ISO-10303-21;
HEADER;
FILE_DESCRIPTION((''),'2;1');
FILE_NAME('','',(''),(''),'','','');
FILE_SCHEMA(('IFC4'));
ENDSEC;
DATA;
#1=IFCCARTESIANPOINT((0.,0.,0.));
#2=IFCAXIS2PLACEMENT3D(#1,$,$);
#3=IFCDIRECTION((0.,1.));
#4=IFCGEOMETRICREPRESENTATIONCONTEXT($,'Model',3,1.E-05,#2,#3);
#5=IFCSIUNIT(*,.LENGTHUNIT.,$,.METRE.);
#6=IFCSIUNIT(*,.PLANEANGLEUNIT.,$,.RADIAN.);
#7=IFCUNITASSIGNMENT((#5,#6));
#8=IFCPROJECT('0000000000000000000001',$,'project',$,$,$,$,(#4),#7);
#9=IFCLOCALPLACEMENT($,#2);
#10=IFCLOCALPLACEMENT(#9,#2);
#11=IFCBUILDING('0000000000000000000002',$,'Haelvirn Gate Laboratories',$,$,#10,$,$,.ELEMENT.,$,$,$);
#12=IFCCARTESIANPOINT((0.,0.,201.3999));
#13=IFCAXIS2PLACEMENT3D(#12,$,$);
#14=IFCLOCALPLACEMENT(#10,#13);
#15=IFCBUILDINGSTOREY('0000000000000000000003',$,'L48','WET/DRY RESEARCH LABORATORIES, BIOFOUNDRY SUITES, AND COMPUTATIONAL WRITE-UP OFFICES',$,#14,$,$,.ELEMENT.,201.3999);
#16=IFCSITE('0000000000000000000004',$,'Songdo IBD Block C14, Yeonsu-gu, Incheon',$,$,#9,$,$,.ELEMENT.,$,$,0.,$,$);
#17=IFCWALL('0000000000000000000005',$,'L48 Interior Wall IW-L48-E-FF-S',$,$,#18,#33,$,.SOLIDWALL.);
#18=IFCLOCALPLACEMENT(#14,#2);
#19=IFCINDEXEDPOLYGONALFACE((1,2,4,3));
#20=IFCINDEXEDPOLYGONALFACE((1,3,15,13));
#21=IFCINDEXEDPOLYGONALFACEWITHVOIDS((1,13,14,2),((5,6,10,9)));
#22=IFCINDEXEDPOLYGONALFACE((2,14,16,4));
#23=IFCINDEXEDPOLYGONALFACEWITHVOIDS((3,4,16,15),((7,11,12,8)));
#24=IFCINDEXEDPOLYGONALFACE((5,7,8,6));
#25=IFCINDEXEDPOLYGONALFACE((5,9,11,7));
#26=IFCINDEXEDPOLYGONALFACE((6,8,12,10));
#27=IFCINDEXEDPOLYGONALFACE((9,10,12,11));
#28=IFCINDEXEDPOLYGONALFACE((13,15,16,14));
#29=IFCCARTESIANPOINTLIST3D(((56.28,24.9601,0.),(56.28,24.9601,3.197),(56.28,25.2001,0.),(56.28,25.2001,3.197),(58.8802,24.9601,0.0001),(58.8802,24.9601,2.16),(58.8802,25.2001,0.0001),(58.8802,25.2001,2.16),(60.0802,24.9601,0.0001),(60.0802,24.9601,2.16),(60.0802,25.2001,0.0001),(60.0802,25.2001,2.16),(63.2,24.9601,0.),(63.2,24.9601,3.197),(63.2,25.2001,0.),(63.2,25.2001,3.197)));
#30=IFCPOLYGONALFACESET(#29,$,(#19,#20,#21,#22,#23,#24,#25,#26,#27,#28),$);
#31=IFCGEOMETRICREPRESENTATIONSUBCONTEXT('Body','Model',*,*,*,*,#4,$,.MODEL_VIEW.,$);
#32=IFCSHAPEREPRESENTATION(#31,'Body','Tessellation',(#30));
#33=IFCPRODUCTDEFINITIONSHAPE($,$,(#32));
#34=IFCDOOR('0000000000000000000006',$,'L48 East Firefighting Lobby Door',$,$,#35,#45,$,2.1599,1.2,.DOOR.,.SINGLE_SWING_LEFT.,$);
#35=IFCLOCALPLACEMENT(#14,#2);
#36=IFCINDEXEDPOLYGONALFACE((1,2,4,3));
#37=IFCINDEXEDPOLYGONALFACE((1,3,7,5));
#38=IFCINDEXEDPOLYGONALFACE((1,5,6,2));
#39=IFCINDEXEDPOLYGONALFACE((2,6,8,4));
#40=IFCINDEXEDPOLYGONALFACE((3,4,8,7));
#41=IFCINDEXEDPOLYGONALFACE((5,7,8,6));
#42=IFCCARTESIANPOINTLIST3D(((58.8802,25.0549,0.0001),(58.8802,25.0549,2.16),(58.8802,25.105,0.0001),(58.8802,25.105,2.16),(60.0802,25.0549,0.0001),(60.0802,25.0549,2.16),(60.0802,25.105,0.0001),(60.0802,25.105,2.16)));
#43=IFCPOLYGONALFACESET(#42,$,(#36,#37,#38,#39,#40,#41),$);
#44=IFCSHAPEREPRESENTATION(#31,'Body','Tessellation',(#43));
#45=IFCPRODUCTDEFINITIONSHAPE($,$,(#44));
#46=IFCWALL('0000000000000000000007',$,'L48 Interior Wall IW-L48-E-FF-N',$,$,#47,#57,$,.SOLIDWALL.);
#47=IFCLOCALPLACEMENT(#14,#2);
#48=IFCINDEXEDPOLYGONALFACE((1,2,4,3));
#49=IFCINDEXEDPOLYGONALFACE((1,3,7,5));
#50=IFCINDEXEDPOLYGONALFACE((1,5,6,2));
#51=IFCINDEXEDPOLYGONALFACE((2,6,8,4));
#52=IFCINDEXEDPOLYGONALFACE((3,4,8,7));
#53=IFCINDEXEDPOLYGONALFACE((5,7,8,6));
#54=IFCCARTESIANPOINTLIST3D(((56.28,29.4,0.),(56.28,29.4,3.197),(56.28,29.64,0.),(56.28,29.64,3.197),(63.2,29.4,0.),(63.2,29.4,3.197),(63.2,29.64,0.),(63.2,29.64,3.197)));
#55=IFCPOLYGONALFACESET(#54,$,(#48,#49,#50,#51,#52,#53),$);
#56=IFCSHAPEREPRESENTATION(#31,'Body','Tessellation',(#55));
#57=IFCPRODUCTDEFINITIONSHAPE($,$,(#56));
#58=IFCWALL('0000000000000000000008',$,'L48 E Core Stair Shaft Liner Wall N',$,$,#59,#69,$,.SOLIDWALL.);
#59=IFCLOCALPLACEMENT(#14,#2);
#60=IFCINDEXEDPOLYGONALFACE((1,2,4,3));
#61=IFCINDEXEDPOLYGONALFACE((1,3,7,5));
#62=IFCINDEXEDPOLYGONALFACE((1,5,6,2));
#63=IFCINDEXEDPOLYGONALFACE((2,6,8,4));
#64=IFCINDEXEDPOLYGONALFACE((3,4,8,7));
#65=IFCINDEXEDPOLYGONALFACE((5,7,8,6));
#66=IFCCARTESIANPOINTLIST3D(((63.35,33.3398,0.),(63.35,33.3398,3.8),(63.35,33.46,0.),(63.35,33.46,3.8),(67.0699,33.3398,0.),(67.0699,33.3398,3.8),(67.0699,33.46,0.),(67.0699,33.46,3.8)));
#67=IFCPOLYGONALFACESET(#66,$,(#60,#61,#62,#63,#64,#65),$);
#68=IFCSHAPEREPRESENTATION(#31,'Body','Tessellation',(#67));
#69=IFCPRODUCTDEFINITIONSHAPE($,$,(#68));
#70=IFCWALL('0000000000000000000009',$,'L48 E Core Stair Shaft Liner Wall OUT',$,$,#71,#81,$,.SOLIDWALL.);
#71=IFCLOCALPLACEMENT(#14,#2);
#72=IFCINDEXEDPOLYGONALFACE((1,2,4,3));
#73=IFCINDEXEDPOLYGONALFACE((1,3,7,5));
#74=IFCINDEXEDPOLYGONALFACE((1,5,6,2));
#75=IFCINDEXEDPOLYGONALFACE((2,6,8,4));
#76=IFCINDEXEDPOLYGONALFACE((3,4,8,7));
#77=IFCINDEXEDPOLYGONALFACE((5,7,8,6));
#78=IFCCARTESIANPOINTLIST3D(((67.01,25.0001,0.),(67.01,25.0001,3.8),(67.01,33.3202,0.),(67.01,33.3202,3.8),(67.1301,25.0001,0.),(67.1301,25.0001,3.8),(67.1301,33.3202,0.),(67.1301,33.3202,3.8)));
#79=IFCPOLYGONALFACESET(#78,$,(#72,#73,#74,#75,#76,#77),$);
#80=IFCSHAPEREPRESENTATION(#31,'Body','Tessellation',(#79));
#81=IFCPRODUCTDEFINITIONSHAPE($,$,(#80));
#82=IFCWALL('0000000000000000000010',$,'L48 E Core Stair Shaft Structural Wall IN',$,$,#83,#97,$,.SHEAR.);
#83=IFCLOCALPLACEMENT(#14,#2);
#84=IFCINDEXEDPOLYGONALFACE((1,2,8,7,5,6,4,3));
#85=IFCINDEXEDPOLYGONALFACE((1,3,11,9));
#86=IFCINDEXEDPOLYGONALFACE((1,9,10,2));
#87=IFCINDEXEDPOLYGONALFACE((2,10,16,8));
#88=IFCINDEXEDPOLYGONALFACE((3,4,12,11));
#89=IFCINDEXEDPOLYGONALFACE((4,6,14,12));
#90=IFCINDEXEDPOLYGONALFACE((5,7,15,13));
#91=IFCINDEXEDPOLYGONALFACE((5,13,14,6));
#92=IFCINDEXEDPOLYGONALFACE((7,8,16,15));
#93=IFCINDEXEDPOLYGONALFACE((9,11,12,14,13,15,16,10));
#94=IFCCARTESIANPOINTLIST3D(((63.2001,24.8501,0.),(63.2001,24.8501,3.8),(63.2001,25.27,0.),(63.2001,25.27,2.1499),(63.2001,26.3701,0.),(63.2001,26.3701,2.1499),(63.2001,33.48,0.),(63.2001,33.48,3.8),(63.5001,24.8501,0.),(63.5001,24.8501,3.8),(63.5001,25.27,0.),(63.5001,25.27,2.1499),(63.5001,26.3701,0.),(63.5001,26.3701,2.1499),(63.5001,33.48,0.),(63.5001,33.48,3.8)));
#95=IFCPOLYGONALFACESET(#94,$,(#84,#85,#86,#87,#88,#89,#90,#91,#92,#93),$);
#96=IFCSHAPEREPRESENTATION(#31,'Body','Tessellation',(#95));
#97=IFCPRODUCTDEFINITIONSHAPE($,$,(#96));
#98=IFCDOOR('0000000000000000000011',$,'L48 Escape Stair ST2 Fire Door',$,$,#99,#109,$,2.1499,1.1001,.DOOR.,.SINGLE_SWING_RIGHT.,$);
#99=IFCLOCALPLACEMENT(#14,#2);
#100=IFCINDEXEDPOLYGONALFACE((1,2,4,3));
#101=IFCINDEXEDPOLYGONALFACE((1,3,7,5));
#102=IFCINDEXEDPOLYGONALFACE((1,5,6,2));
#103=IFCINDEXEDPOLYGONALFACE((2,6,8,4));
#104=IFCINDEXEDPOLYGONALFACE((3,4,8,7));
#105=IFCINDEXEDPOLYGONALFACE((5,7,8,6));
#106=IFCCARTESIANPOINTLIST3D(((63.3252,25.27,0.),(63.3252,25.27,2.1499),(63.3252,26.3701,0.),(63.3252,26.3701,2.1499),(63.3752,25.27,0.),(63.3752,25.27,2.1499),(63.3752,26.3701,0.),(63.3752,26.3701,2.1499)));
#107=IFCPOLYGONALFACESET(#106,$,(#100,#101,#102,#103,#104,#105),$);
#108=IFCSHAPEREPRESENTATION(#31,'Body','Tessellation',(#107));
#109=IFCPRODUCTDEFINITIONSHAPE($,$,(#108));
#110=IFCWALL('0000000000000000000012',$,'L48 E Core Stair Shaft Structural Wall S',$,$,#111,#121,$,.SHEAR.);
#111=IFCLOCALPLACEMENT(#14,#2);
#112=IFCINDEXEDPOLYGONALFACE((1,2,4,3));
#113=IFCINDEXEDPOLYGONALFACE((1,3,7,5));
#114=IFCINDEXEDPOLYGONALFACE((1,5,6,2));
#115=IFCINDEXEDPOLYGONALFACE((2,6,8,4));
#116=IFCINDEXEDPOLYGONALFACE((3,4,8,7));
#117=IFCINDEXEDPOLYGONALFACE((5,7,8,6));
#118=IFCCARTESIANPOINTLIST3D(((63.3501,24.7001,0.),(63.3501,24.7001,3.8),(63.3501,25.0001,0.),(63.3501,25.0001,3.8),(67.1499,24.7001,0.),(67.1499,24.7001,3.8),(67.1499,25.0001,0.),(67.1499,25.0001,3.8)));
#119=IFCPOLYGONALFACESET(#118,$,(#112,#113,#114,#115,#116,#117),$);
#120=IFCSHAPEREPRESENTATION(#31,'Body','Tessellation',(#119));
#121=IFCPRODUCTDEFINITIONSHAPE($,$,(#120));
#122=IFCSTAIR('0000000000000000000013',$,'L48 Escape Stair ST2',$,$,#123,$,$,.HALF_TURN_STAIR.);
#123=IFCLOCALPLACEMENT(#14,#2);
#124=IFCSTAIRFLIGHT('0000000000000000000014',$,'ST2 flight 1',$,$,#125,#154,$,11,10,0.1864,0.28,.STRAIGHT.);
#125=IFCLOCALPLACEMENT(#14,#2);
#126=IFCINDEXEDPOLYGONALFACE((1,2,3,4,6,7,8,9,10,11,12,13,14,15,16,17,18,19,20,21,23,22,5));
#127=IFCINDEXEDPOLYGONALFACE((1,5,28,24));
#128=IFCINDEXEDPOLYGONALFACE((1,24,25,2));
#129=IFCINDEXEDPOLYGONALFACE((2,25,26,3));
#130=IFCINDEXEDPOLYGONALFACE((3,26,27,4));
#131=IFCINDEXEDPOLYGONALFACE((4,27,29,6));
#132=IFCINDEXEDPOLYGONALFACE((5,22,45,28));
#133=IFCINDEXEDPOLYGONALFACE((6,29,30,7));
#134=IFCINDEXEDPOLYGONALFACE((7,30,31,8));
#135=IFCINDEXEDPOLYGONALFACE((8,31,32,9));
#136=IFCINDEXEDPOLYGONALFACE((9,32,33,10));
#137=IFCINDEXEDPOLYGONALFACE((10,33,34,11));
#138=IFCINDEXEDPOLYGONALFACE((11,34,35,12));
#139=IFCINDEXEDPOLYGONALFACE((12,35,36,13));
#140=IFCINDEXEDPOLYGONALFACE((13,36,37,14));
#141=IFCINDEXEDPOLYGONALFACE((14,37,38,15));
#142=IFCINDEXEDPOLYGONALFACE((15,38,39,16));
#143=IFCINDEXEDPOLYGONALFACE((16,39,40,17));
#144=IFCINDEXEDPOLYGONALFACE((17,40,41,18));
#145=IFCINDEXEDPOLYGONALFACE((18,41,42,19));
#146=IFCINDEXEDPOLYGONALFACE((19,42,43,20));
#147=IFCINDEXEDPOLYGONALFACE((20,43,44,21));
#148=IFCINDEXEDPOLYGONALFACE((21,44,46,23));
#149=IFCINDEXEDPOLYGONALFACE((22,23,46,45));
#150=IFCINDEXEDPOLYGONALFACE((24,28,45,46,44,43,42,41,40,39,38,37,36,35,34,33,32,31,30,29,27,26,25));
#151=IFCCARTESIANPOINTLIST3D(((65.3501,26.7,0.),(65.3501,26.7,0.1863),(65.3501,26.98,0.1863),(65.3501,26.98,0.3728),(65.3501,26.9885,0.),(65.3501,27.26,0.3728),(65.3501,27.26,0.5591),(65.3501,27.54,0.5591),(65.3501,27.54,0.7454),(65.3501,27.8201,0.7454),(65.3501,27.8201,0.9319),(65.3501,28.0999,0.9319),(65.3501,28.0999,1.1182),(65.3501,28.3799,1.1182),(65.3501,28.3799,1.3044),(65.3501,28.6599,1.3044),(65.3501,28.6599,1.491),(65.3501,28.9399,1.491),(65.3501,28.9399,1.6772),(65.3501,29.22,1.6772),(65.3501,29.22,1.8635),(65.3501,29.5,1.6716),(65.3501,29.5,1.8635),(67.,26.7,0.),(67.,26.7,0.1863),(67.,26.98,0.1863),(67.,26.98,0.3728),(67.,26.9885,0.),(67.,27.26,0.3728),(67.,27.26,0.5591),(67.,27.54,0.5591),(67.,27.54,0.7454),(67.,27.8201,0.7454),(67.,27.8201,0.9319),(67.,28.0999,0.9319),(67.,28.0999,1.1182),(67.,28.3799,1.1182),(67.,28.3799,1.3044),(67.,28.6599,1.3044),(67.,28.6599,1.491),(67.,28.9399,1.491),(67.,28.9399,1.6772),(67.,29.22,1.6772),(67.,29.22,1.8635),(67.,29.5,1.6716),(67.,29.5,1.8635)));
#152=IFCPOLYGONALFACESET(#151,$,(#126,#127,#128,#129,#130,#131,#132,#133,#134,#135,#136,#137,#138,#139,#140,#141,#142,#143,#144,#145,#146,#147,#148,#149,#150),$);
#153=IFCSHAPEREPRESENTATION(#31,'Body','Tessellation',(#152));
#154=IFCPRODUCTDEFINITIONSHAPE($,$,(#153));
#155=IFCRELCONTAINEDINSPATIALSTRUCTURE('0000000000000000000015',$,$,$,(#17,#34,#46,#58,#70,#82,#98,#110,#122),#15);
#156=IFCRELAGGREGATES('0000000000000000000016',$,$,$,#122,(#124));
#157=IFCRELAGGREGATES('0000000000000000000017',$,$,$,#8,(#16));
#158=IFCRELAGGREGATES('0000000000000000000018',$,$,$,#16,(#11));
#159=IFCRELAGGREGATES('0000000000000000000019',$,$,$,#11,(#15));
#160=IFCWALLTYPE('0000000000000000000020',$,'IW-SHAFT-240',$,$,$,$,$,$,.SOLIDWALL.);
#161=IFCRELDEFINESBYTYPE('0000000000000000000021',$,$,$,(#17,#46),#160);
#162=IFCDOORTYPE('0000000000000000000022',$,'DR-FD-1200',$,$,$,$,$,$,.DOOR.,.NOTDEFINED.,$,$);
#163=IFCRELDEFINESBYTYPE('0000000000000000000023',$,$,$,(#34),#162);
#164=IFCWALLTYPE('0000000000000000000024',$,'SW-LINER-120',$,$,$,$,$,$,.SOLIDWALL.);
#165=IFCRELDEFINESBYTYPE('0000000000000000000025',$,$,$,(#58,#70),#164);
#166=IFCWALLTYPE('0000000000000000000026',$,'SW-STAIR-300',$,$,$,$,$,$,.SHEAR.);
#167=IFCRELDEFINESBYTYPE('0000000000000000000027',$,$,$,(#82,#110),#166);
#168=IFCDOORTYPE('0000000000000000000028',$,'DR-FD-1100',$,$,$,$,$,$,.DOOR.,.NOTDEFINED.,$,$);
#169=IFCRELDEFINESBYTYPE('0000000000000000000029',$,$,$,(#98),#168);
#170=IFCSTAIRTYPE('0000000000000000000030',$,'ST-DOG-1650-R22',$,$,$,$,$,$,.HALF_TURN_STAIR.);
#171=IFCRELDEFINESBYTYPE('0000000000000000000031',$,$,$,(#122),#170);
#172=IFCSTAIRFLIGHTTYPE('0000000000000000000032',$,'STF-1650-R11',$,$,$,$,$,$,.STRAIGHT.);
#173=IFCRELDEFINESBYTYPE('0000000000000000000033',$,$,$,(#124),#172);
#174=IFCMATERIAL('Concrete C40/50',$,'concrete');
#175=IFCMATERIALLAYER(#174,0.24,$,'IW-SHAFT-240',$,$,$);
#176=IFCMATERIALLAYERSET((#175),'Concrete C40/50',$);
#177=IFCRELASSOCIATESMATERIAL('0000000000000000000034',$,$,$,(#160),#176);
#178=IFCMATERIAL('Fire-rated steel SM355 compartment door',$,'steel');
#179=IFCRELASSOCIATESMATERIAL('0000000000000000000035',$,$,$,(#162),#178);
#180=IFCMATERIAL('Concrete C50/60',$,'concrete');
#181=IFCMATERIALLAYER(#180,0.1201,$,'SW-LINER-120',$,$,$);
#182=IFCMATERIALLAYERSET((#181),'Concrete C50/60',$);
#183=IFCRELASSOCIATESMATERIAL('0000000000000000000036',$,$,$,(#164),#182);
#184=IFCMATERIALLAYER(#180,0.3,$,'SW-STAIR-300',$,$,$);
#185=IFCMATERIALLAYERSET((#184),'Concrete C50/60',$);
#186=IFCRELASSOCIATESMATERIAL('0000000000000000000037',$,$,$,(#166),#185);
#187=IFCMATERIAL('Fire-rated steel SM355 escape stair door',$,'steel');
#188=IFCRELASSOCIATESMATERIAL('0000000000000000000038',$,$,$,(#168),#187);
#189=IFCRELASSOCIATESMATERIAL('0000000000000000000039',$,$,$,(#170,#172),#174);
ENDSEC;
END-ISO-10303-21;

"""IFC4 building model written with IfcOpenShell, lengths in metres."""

from ifc_helpers import new_model, si_unit, direction, frame, frame_2d, origin, place, context, subcontext, project, spatial, polyline, rectangle, outline, extrude, source, transform, mapped, material, layer, layer_set, type_object, type_shapes, element, fill, aggregate, save


model = new_model("IFC4")

# Units and contexts
model_context = context("Model", 3, precision=1e-05, world=origin(), true_north=direction((0.0, 1.0)))
body_context = subcontext(model_context, "Body", "Model", "MODEL_VIEW")
ifc_project = project(units=[si_unit("LENGTHUNIT", "METRE"), si_unit("PLANEANGLEUNIT", "RADIAN")], contexts=[model_context])

# Site, building, storey
site_placement = place(None, origin())
site = spatial("IfcSite", under=ifc_project, at=site_placement, Name="Songdo IBD Block C14, Yeonsu-gu, Incheon", CompositionType="ELEMENT", RefElevation=0.0)
building_placement = place(site_placement, origin())
building = spatial("IfcBuilding", under=site, at=building_placement, Name="Haelvirn Gate Laboratories", CompositionType="ELEMENT")
storey_placement = place(building_placement, frame((0.0, 0.0, 201.3999)))
storey = spatial("IfcBuildingStorey", under=building, at=storey_placement, Name="L48", Description="WET/DRY RESEARCH LABORATORIES, BIOFOUNDRY SUITES, AND COMPUTATIONAL WRITE-UP OFFICES", CompositionType="ELEMENT", Elevation=201.3999)

# Wall, opening, door
ifc_material_1 = material(Name="Concrete C40/50", Category="concrete")
ifc_layer_1 = layer(ifc_material_1, 0.24, Name="IW-SHAFT-240")
ifc_layer_set_1 = layer_set([ifc_layer_1], Name="Concrete C40/50")
wall_type_1 = type_object("IfcWallType", Name="IW-SHAFT-240", PredefinedType="SOLIDWALL", material=ifc_layer_set_1)
wall_1_placement = place(storey_placement, frame((56.28, 25.0801, 0.0), z_axis=(0.0, 0.0, 1.0), x_axis=(1.0, 0.0, 0.0)))
wall_1 = element("IfcWall", 1, at=wall_1_placement, inside=storey, type_object=wall_type_1, Name="L48 Interior Wall IW-L48-E-FF-S", PredefinedType="SOLIDWALL", context=body_context, shape_type="SweptSolid", body=[
    extrude(rectangle(XDim=6.9199, YDim=0.24, at=frame_2d((3.46, 0.0))), origin(), (0.0, 0.0, 1.0), 3.197),
])
opening_1_placement = place(wall_1_placement, frame((2.6001, 0.0, 0.0)))
opening_1 = element("IfcOpeningElement", 2, at=opening_1_placement, cuts=wall_1, PredefinedType="OPENING", context=body_context, shape_type="SweptSolid", body=[
    extrude(rectangle(XDim=1.2, YDim=2.1599, at=frame_2d((0.6001, 1.0801))), frame((0.0, 0.1299, 0.0), z_axis=(0.0, -1.0, 0.0), x_axis=(1.0, 0.0, 0.0)), (0.0, 0.0, 1.0), 0.26),
])
ifc_material_2 = material(Name="Fire-rated steel SM355 compartment door", Category="steel")
door_type_1 = type_object("IfcDoorType", Name="DR-FD-1200", OperationType="NOTDEFINED", PredefinedType="DOOR", material=ifc_material_2)
shared_shape_1 = source(origin(), body_context, "Body", "SweptSolid", [
    extrude(rectangle(XDim=1.2, YDim=2.1599, at=frame_2d((0.6001, 1.0801))), frame((0.0, 0.0249, 0.0), z_axis=(0.0, -1.0, 0.0), x_axis=(1.0, 0.0, 0.0)), (0.0, 0.0, 1.0), 0.05),
])
type_shapes(door_type_1, [shared_shape_1])
door_1_placement = place(opening_1_placement, origin())
door_1 = element("IfcDoor", 3, at=door_1_placement, inside=storey, type_object=door_type_1, Name="L48 East Firefighting Lobby Door", OperationType="SINGLE_SWING_LEFT", OverallHeight=2.1599, OverallWidth=1.2, PredefinedType="DOOR", context=body_context, shape_type="MappedRepresentation", body=[
    mapped(shared_shape_1, transform((0.0, 0.0, 0.0), scale=1.0)),
])
fill(opening_1, door_1)

# Walls
wall_2_placement = place(storey_placement, frame((56.28, 29.52, 0.0), z_axis=(0.0, 0.0, 1.0), x_axis=(1.0, 0.0, 0.0)))
element("IfcWall", 4, at=wall_2_placement, inside=storey, type_object=wall_type_1, Name="L48 Interior Wall IW-L48-E-FF-N", PredefinedType="SOLIDWALL", context=body_context, shape_type="SweptSolid", body=[
    extrude(rectangle(XDim=6.9199, YDim=0.24, at=frame_2d((3.46, 0.0))), origin(), (0.0, 0.0, 1.0), 3.197),
])
ifc_material_3 = material(Name="Concrete C50/60", Category="concrete")
ifc_layer_2 = layer(ifc_material_3, 0.1201, Name="SW-LINER-120")
ifc_layer_set_2 = layer_set([ifc_layer_2], Name="Concrete C50/60")
wall_type_2 = type_object("IfcWallType", Name="SW-LINER-120", PredefinedType="SOLIDWALL", material=ifc_layer_set_2)
wall_3_placement = place(storey_placement, frame((63.3501, 33.3999, 0.0), z_axis=(0.0, 0.0, 1.0), x_axis=(1.0, 0.0, 0.0)))
element("IfcWall", 5, at=wall_3_placement, inside=storey, type_object=wall_type_2, Name="L48 E Core Stair Shaft Liner Wall N", PredefinedType="SOLIDWALL", context=body_context, shape_type="SweptSolid", body=[
    extrude(rectangle(XDim=3.72, YDim=0.1201, at=frame_2d((1.8599, 0.0))), origin(), (0.0, 0.0, 1.0), 3.8),
])
wall_4_placement = place(storey_placement, frame((67.0701, 25.0, 0.0), z_axis=(0.0, 0.0, 1.0), x_axis=(0.0, 1.0, 0.0)))
element("IfcWall", 6, at=wall_4_placement, inside=storey, type_object=wall_type_2, Name="L48 E Core Stair Shaft Liner Wall OUT", PredefinedType="SOLIDWALL", context=body_context, shape_type="SweptSolid", body=[
    extrude(rectangle(XDim=8.3201, YDim=0.1201, at=frame_2d((4.1602, 0.0))), origin(), (0.0, 0.0, 1.0), 3.8),
])

# Wall, opening, door
ifc_layer_3 = layer(ifc_material_3, 0.3, Name="SW-STAIR-300")
ifc_layer_set_3 = layer_set([ifc_layer_3], Name="Concrete C50/60")
wall_type_3 = type_object("IfcWallType", Name="SW-STAIR-300", PredefinedType="SHEAR", material=ifc_layer_set_3)
wall_5_placement = place(storey_placement, frame((63.3501, 24.8501, 0.0), z_axis=(0.0, 0.0, 1.0), x_axis=(0.0, 1.0, 0.0)))
wall_5 = element("IfcWall", 7, at=wall_5_placement, inside=storey, type_object=wall_type_3, Name="L48 E Core Stair Shaft Structural Wall IN", PredefinedType="SHEAR", context=body_context, shape_type="SweptSolid", body=[
    extrude(rectangle(XDim=8.6299, YDim=0.3, at=frame_2d((4.3149, 0.0))), origin(), (0.0, 0.0, 1.0), 3.8),
])
opening_2_placement = place(wall_5_placement, frame((0.4199, 0.0, 0.0)))
opening_2 = element("IfcOpeningElement", 8, at=opening_2_placement, cuts=wall_5, PredefinedType="OPENING", context=body_context, shape_type="SweptSolid", body=[
    extrude(rectangle(XDim=1.1001, YDim=2.1499, at=frame_2d((0.55, 1.075))), frame((0.0, 0.1602, 0.0), z_axis=(0.0, -1.0, 0.0), x_axis=(1.0, 0.0, 0.0)), (0.0, 0.0, 1.0), 0.3201),
])
ifc_material_4 = material(Name="Fire-rated steel SM355 escape stair door", Category="steel")
door_type_2 = type_object("IfcDoorType", Name="DR-FD-1100", OperationType="NOTDEFINED", PredefinedType="DOOR", material=ifc_material_4)
shared_shape_2 = source(origin(), body_context, "Body", "SweptSolid", [
    extrude(rectangle(XDim=1.1001, YDim=2.1499, at=frame_2d((0.55, 1.075))), frame((0.0, 0.0249, 0.0), z_axis=(0.0, -1.0, 0.0), x_axis=(1.0, 0.0, 0.0)), (0.0, 0.0, 1.0), 0.05),
])
type_shapes(door_type_2, [shared_shape_2])
door_2_placement = place(opening_2_placement, origin())
door_2 = element("IfcDoor", 9, at=door_2_placement, inside=storey, type_object=door_type_2, Name="L48 Escape Stair ST2 Fire Door", OperationType="SINGLE_SWING_RIGHT", OverallHeight=2.1499, OverallWidth=1.1001, PredefinedType="DOOR", context=body_context, shape_type="MappedRepresentation", body=[
    mapped(shared_shape_2, transform((0.0, 0.0, 0.0), scale=1.0)),
])
fill(opening_2, door_2)

# Wall
wall_6_placement = place(storey_placement, frame((63.3501, 24.8501, 0.0), z_axis=(0.0, 0.0, 1.0), x_axis=(1.0, 0.0, 0.0)))
element("IfcWall", 10, at=wall_6_placement, inside=storey, type_object=wall_type_3, Name="L48 E Core Stair Shaft Structural Wall S", PredefinedType="SHEAR", context=body_context, shape_type="SweptSolid", body=[
    extrude(rectangle(XDim=3.7998, YDim=0.3, at=frame_2d((1.8999, 0.0))), origin(), (0.0, 0.0, 1.0), 3.8),
])

# Stair, stair flight
stair_type = type_object("IfcStairType", Name="ST-DOG-1650-R22", PredefinedType="HALF_TURN_STAIR", material=ifc_material_1)
stair_placement = place(storey_placement, origin())
stair = element("IfcStair", 11, at=stair_placement, inside=storey, type_object=stair_type, Name="L48 Escape Stair ST2", PredefinedType="HALF_TURN_STAIR")
stair_flight_type = type_object("IfcStairFlightType", Name="STF-1650-R11", PredefinedType="STRAIGHT", material=ifc_material_1)
shared_shape_3 = source(origin(), body_context, "Body", "SweptSolid", [
    extrude(outline(polyline([(0.0, 0.0), (0.0, 0.1863), (0.28, 0.1863), (0.28, 0.3728), (0.5601, 0.3728), (0.5601, 0.5591), (0.8401, 0.5591), (0.8401, 0.7454), (1.1201, 0.7454), (1.1201, 0.9319), (1.3999, 0.9319), (1.3999, 1.1182), (1.6799, 1.1182), (1.6799, 1.3044), (1.96, 1.3044), (1.96, 1.491), (2.24, 1.491), (2.24, 1.6772), (2.52, 1.6772), (2.52, 1.8635), (2.8, 1.8635), (2.8, 2.05), (2.8, 1.6716), (0.2886, 0.0), (0.0, 0.0)])), frame((0.0, 0.825, 0.0), z_axis=(0.0, -1.0, 0.0), x_axis=(1.0, 0.0, 0.0)), (0.0, 0.0, 1.0), 1.6499),
])
type_shapes(stair_flight_type, [shared_shape_3])
stair_flight_1_placement = place(storey_placement, frame((66.175, 26.7, 0.0), z_axis=(0.0, 0.0, 1.0), x_axis=(0.0, 1.0, 0.0)))
stair_flight_1 = element("IfcStairFlight", 12, at=stair_flight_1_placement, type_object=stair_flight_type, Name="ST2 flight 1", NumberOfRisers=11, NumberOfTreads=10, PredefinedType="STRAIGHT", RiserHeight=0.1864, TreadLength=0.28, context=body_context, shape_type="MappedRepresentation", body=[
    mapped(shared_shape_3, transform((0.0, 0.0, 0.0), scale=1.0)),
])
aggregate(stair, [stair_flight_1])

save(model, "model.ifc")
